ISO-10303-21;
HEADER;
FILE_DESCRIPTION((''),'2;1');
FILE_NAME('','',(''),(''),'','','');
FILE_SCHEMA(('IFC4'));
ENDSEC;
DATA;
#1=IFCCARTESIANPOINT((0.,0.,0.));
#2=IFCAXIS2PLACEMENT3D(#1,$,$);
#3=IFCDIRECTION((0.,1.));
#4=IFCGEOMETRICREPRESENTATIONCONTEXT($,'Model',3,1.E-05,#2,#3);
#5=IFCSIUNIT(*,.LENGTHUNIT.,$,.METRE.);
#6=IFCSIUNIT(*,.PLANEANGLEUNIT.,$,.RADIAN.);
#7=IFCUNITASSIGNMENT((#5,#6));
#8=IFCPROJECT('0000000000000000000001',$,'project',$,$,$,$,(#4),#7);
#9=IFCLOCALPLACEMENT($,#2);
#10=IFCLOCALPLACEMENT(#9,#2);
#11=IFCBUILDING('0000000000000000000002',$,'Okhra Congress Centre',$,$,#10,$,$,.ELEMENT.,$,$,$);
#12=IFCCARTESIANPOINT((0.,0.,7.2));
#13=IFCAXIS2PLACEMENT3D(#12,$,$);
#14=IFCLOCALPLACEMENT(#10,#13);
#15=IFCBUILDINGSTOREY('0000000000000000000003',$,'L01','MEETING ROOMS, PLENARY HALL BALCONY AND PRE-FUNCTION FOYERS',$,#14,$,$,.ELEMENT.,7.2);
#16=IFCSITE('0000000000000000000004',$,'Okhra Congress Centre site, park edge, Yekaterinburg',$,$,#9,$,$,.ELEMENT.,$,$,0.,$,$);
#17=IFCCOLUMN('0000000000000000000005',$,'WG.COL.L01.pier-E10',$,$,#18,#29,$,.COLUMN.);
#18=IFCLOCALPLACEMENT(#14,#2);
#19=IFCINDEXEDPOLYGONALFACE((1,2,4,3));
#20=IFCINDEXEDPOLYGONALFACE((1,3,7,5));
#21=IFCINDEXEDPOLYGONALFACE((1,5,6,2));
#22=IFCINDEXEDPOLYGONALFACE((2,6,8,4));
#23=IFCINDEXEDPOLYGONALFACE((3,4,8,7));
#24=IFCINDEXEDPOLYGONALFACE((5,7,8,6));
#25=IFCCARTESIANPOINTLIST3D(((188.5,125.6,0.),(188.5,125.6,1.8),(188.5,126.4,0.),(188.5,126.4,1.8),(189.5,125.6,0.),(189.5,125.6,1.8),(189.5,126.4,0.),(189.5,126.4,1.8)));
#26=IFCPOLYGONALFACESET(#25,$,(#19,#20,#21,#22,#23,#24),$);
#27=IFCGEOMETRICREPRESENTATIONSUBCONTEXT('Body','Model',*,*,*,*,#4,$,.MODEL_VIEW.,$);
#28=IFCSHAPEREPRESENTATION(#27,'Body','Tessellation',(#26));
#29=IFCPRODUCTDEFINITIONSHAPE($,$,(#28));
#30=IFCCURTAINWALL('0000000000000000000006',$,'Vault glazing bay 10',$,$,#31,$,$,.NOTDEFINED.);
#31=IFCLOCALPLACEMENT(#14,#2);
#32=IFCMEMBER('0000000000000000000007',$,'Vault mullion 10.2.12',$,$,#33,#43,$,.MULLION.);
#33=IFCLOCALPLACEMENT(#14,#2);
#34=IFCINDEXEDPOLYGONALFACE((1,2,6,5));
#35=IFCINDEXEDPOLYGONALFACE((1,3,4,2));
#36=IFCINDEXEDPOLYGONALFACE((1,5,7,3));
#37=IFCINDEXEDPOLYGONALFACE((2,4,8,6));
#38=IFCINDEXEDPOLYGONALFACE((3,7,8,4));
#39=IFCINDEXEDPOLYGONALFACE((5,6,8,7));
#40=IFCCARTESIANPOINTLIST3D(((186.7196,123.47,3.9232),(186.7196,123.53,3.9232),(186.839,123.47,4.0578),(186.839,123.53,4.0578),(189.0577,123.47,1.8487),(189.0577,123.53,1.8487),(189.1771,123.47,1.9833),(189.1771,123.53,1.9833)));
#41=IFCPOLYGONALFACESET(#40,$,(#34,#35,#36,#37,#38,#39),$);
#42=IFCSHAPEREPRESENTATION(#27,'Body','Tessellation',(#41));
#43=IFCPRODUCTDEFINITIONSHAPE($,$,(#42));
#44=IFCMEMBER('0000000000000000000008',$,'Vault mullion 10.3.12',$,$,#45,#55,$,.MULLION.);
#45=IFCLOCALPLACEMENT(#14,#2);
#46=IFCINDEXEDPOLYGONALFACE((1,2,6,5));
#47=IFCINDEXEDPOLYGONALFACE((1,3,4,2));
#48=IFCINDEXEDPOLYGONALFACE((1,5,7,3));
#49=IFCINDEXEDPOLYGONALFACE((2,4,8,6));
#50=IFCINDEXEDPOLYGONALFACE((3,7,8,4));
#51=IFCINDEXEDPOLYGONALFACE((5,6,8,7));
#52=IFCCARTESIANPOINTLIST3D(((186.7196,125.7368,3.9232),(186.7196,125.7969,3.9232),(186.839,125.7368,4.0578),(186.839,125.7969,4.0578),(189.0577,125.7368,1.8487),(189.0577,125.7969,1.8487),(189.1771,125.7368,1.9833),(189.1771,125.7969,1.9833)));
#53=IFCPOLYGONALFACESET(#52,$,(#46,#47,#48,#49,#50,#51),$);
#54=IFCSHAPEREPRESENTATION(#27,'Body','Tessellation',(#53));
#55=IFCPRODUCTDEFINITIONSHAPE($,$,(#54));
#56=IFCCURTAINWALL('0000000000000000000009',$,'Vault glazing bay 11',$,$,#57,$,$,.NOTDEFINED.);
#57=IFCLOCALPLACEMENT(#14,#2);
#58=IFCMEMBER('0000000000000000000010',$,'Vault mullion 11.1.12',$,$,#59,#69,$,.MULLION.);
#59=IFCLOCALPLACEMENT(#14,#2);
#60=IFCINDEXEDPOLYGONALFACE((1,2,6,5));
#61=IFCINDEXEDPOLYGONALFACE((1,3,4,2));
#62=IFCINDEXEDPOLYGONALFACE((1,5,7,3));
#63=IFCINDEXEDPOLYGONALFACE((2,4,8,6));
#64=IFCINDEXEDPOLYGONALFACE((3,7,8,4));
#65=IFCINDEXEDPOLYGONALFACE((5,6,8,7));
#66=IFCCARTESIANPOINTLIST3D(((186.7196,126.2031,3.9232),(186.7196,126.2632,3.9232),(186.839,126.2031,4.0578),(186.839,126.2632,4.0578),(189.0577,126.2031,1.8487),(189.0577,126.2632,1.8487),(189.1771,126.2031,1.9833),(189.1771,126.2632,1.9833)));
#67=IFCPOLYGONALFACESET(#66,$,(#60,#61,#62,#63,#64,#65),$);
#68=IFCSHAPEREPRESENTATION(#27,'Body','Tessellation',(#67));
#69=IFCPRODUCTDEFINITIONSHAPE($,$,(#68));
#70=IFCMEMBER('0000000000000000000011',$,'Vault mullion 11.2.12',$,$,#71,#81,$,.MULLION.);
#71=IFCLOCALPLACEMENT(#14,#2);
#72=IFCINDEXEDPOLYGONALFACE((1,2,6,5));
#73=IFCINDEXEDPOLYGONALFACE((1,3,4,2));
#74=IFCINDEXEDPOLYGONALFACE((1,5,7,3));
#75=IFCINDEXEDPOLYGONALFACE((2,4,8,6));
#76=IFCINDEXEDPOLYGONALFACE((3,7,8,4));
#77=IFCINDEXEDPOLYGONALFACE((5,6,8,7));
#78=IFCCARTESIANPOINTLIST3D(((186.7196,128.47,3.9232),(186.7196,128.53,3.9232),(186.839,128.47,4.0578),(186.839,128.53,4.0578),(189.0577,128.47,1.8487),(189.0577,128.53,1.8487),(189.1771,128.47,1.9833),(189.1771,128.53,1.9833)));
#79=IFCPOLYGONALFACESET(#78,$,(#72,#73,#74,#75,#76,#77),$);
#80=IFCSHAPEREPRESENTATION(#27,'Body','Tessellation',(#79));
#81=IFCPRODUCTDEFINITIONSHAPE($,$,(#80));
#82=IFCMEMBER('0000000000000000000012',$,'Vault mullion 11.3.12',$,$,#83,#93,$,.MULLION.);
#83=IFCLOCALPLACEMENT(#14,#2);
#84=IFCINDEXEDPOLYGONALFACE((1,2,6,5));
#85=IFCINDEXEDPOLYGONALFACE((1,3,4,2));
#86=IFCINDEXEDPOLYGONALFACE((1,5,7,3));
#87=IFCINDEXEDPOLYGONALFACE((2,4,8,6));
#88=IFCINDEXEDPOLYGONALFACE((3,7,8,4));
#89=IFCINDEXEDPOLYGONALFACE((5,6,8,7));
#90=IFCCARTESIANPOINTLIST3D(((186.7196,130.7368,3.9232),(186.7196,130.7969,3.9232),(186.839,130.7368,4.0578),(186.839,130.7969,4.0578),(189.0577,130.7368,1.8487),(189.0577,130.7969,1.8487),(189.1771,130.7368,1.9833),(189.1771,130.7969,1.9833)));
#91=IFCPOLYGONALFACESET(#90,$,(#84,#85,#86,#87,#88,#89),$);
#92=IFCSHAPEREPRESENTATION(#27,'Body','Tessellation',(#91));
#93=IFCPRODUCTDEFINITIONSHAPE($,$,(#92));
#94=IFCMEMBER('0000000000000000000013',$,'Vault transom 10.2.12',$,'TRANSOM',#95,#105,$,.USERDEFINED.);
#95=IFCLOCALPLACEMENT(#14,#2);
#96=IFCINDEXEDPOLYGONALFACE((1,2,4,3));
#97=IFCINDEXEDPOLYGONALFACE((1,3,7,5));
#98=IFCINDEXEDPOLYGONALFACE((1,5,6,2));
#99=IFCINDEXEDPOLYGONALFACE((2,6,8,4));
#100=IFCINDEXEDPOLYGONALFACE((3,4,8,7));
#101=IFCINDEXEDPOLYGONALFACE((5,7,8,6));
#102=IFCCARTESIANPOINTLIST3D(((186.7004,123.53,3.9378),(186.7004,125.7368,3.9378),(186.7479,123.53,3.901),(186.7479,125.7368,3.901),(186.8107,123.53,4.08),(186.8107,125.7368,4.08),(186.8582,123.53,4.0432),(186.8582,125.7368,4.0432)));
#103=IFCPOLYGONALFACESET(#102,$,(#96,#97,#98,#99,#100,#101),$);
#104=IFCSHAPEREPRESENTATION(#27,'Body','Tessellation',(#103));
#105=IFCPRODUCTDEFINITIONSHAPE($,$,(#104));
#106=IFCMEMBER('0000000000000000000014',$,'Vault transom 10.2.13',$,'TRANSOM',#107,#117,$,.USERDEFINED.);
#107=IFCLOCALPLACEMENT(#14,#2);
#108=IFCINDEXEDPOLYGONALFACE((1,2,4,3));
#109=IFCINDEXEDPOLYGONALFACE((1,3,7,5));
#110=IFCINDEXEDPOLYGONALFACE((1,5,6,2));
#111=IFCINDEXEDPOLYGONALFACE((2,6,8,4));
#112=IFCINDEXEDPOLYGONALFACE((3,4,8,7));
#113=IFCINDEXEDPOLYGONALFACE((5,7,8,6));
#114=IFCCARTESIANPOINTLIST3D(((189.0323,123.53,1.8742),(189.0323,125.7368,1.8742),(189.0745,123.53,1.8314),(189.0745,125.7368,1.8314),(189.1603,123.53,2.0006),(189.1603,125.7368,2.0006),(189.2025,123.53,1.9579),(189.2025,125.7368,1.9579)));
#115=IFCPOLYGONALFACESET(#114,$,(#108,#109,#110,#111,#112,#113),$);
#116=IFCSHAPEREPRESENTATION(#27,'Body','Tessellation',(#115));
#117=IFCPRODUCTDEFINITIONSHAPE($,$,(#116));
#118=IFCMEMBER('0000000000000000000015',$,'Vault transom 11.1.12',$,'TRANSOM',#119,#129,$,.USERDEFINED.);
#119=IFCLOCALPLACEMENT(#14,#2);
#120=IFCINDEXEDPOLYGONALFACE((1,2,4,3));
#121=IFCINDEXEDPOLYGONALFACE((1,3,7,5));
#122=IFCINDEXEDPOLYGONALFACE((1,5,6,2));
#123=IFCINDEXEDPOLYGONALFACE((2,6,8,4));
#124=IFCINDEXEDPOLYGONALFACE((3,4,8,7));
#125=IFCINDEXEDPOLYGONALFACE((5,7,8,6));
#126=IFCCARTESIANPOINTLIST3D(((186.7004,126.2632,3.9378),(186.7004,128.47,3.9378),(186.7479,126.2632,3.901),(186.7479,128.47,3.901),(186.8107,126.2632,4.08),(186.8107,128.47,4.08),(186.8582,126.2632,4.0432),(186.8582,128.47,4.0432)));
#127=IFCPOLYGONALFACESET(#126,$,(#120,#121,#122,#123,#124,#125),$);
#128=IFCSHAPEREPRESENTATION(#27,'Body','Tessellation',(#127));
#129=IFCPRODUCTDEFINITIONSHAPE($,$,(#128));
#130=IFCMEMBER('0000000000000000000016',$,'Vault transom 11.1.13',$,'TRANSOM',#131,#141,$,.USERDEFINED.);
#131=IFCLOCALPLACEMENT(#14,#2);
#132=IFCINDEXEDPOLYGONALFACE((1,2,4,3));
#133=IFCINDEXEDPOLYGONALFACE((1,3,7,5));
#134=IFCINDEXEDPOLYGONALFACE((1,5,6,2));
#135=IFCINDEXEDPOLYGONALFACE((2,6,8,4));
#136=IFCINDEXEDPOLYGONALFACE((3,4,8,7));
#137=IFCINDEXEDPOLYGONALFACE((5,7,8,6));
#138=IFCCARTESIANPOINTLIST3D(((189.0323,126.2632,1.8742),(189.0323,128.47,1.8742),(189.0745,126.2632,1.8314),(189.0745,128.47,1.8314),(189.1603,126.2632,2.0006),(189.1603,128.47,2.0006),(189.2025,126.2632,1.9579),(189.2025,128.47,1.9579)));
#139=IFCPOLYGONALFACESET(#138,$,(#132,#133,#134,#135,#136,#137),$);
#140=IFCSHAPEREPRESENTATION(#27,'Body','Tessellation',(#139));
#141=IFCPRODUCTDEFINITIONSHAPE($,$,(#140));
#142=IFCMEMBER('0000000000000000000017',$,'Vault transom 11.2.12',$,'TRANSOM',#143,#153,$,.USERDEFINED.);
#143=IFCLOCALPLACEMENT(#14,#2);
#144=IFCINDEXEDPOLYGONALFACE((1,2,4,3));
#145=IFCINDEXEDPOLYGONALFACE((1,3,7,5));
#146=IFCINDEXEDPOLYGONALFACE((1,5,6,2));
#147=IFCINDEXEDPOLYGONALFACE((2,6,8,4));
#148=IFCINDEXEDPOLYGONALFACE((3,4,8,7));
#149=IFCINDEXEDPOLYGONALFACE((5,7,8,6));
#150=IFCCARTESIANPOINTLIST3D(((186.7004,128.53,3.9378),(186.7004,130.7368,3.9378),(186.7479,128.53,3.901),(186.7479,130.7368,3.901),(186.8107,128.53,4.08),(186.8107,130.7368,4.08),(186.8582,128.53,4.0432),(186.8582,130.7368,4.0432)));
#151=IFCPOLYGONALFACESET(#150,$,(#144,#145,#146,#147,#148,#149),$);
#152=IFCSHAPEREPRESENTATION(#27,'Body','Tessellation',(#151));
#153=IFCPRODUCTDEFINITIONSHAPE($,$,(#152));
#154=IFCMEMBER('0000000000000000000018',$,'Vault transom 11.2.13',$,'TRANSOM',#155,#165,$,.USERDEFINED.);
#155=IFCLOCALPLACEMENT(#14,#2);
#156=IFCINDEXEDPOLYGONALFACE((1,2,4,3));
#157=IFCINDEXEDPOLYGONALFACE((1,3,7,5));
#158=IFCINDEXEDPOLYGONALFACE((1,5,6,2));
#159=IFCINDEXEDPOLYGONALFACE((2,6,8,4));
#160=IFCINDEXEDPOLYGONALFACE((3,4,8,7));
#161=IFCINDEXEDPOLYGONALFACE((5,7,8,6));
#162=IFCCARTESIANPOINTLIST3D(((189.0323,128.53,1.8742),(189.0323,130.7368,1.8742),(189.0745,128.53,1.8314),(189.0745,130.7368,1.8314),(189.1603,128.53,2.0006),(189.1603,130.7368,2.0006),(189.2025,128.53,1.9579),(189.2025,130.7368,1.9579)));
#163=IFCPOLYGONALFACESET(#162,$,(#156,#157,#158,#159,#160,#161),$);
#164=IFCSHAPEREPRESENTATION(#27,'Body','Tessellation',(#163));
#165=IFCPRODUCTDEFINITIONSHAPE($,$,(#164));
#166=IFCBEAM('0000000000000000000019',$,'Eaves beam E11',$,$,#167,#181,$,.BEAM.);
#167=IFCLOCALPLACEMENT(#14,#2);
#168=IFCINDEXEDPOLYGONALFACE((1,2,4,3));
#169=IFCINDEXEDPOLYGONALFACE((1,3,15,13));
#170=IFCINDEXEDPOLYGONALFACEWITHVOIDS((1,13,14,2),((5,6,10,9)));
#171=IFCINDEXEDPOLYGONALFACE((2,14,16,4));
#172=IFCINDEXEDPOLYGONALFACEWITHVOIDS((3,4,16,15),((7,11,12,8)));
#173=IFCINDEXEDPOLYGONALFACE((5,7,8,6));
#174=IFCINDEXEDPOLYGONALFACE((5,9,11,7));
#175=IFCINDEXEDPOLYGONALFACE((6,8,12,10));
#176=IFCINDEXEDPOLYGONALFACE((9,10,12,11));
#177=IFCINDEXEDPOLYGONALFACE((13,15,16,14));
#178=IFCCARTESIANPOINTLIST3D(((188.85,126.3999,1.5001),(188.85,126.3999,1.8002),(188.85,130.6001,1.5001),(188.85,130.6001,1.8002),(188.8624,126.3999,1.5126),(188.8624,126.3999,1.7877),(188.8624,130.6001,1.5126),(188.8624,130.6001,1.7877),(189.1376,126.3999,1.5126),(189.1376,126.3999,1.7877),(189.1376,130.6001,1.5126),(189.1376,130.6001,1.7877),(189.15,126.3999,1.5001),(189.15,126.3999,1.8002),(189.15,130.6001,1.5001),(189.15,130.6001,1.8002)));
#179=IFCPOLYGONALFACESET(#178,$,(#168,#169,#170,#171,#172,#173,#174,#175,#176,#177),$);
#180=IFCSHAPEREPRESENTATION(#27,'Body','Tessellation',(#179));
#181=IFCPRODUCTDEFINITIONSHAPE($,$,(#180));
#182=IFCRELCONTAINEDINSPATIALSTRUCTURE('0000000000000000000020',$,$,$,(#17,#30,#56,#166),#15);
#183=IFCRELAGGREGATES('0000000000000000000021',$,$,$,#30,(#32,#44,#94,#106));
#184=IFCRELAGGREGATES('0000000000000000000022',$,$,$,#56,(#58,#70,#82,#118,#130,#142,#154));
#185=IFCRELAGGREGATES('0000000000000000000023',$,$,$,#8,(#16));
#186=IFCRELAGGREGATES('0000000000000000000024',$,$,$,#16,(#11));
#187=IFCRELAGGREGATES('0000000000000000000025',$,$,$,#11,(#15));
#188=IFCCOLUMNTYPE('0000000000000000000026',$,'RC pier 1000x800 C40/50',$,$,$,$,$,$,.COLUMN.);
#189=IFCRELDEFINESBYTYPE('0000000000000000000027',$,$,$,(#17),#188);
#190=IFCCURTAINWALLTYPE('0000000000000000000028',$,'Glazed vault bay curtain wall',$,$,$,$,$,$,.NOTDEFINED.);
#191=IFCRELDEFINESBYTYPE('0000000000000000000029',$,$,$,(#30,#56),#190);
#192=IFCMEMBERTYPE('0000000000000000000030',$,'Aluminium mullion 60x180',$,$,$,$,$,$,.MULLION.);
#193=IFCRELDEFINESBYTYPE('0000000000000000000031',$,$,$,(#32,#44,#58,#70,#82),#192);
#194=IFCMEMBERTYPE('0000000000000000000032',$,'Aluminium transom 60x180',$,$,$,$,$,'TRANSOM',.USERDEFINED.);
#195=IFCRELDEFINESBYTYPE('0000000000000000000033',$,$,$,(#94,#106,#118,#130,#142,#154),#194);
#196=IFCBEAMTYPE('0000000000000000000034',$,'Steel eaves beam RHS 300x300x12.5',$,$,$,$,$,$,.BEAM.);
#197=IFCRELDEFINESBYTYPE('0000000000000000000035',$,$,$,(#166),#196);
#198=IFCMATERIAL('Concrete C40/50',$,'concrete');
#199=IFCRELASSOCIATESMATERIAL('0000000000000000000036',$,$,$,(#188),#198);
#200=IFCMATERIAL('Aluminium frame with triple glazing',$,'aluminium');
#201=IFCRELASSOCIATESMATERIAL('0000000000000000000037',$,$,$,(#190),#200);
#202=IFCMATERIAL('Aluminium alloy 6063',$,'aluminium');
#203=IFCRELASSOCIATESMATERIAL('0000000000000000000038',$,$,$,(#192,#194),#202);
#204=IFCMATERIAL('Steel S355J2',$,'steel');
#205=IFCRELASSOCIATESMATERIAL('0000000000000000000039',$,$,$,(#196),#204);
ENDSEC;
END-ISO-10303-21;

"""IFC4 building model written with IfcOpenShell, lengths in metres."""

from ifc_helpers import new_model, si_unit, direction, frame, origin, origin_2d, place, context, subcontext, project, spatial, rectangle, hollow_rectangle, extrude, material, material_profile, profile_set, type_object, element, aggregate, save


model = new_model("IFC4")

# Units and contexts
model_context = context("Model", 3, precision=1e-05, world=origin(), true_north=direction((0.0, 1.0)))
body_context = subcontext(model_context, "Body", "Model", "MODEL_VIEW")
ifc_project = project(units=[si_unit("LENGTHUNIT", "METRE"), si_unit("PLANEANGLEUNIT", "RADIAN")], contexts=[model_context])

# Site, building, storey
site_placement = place(None, origin())
site = spatial("IfcSite", under=ifc_project, at=site_placement, Name="Okhra Congress Centre site, park edge, Yekaterinburg", CompositionType="ELEMENT", RefElevation=0.0)
building_placement = place(site_placement, origin())
building = spatial("IfcBuilding", under=site, at=building_placement, Name="Okhra Congress Centre", CompositionType="ELEMENT")
storey_placement = place(building_placement, frame((0.0, 0.0, 7.2)))
storey = spatial("IfcBuildingStorey", under=building, at=storey_placement, Name="L01", Description="MEETING ROOMS, PLENARY HALL BALCONY AND PRE-FUNCTION FOYERS", CompositionType="ELEMENT", Elevation=7.2)

# Column
ifc_material_1 = material(Name="Concrete C40/50", Category="concrete")
ifc_material_profile_1 = material_profile(ifc_material_1, rectangle(XDim=1.0, YDim=0.8, at=origin_2d()), Name="RC 1000x800")
ifc_profile_set_1 = profile_set([ifc_material_profile_1], Name="Concrete C40/50")
column_type = type_object("IfcColumnType", Name="RC pier 1000x800 C40/50", PredefinedType="COLUMN", material=ifc_profile_set_1)
column_placement = place(storey_placement, frame((189.0, 126.0, 0.0), z_axis=(0.0, 0.0, 1.0), x_axis=(1.0, 0.0, 0.0)))
element("IfcColumn", 1, at=column_placement, inside=storey, type_object=column_type, Name="WG.COL.L01.pier-E10", PredefinedType="COLUMN", context=body_context, shape_type="SweptSolid", body=[
    extrude(rectangle(XDim=1.0, YDim=0.8, at=origin_2d()), origin(), (0.0, 0.0, 1.0), 1.8),
])

# Curtain walls, members
ifc_material_2 = material(Name="Aluminium frame with triple glazing", Category="aluminium")
curtain_wall_type = type_object("IfcCurtainWallType", Name="Glazed vault bay curtain wall", PredefinedType="NOTDEFINED", material=ifc_material_2)
curtain_wall_1_placement = place(storey_placement, origin())
curtain_wall_1 = element("IfcCurtainWall", 2, at=curtain_wall_1_placement, inside=storey, type_object=curtain_wall_type, Name="Vault glazing bay 10", PredefinedType="NOTDEFINED")
ifc_material_3 = material(Name="Aluminium alloy 6063", Category="aluminium")
ifc_material_profile_2 = material_profile(ifc_material_3, rectangle(XDim=0.0601, YDim=0.1799, at=origin_2d()), Name="AL 60x180")
ifc_profile_set_2 = profile_set([ifc_material_profile_2], Name="Aluminium alloy 6063")
member_type_1 = type_object("IfcMemberType", Name="Aluminium mullion 60x180", PredefinedType="MULLION", material=ifc_profile_set_2)
member_1_placement = place(storey_placement, frame((186.7793, 123.5, 3.9905), z_axis=(0.748025, 0.0, -0.66367), x_axis=(0.0, 1.0, 0.0)))
member_1 = element("IfcMember", 3, at=member_1_placement, type_object=member_type_1, Name="Vault mullion 10.2.12", PredefinedType="MULLION", context=body_context, shape_type="SweptSolid", body=[
    extrude(rectangle(XDim=0.0601, YDim=0.1799, at=origin_2d()), origin(), (0.0, 0.0, 1.0), 3.1257),
])
member_2_placement = place(storey_placement, frame((186.7793, 125.7668, 3.9905), z_axis=(0.748025, 0.0, -0.66367), x_axis=(0.0, 1.0, 0.0)))
member_2 = element("IfcMember", 4, at=member_2_placement, type_object=member_type_1, Name="Vault mullion 10.3.12", PredefinedType="MULLION", context=body_context, shape_type="SweptSolid", body=[
    extrude(rectangle(XDim=0.0601, YDim=0.1799, at=origin_2d()), origin(), (0.0, 0.0, 1.0), 3.1257),
])
curtain_wall_2_placement = place(storey_placement, origin())
curtain_wall_2 = element("IfcCurtainWall", 5, at=curtain_wall_2_placement, inside=storey, type_object=curtain_wall_type, Name="Vault glazing bay 11", PredefinedType="NOTDEFINED")
member_3_placement = place(storey_placement, frame((186.7793, 126.2332, 3.9905), z_axis=(0.748025, 0.0, -0.66367), x_axis=(0.0, 1.0, 0.0)))
member_3 = element("IfcMember", 6, at=member_3_placement, type_object=member_type_1, Name="Vault mullion 11.1.12", PredefinedType="MULLION", context=body_context, shape_type="SweptSolid", body=[
    extrude(rectangle(XDim=0.0601, YDim=0.1799, at=origin_2d()), origin(), (0.0, 0.0, 1.0), 3.1257),
])
member_4_placement = place(storey_placement, frame((186.7793, 128.5, 3.9905), z_axis=(0.748025, 0.0, -0.66367), x_axis=(0.0, 1.0, 0.0)))
member_4 = element("IfcMember", 7, at=member_4_placement, type_object=member_type_1, Name="Vault mullion 11.2.12", PredefinedType="MULLION", context=body_context, shape_type="SweptSolid", body=[
    extrude(rectangle(XDim=0.0601, YDim=0.1799, at=origin_2d()), origin(), (0.0, 0.0, 1.0), 3.1257),
])
member_5_placement = place(storey_placement, frame((186.7793, 130.7668, 3.9905), z_axis=(0.748025, 0.0, -0.66367), x_axis=(0.0, 1.0, 0.0)))
member_5 = element("IfcMember", 8, at=member_5_placement, type_object=member_type_1, Name="Vault mullion 11.3.12", PredefinedType="MULLION", context=body_context, shape_type="SweptSolid", body=[
    extrude(rectangle(XDim=0.0601, YDim=0.1799, at=origin_2d()), origin(), (0.0, 0.0, 1.0), 3.1257),
])

# Members
ifc_material_profile_3 = material_profile(ifc_material_3, rectangle(XDim=0.0601, YDim=0.1799, at=origin_2d()), Name="AL 60x180 transom")
ifc_profile_set_3 = profile_set([ifc_material_profile_3], Name="Aluminium alloy 6063")
member_type_2 = type_object("IfcMemberType", Name="Aluminium transom 60x180", ElementType="TRANSOM", PredefinedType="USERDEFINED", material=ifc_profile_set_3)
member_6_placement = place(storey_placement, frame((186.7793, 123.53, 3.9905), z_axis=(0.0, 1.0, 0.0), x_axis=(-0.790145, 0.0, 0.61292)))
member_6 = element("IfcMember", 9, at=member_6_placement, type_object=member_type_2, Name="Vault transom 10.2.12", ObjectType="TRANSOM", PredefinedType="USERDEFINED", context=body_context, shape_type="SweptSolid", body=[
    extrude(rectangle(XDim=0.0601, YDim=0.1799, at=origin_2d()), origin(), (0.0, 0.0, 1.0), 2.2068),
])
member_7_placement = place(storey_placement, frame((189.1174, 123.53, 1.916), z_axis=(0.0, 1.0, 0.0), x_axis=(-0.702636, 0.0, 0.711549)))
member_7 = element("IfcMember", 10, at=member_7_placement, type_object=member_type_2, Name="Vault transom 10.2.13", ObjectType="TRANSOM", PredefinedType="USERDEFINED", context=body_context, shape_type="SweptSolid", body=[
    extrude(rectangle(XDim=0.0601, YDim=0.1799, at=origin_2d()), origin(), (0.0, 0.0, 1.0), 2.2068),
])
member_8_placement = place(storey_placement, frame((186.7793, 126.2632, 3.9905), z_axis=(0.0, 1.0, 0.0), x_axis=(-0.790145, 0.0, 0.61292)))
member_8 = element("IfcMember", 11, at=member_8_placement, type_object=member_type_2, Name="Vault transom 11.1.12", ObjectType="TRANSOM", PredefinedType="USERDEFINED", context=body_context, shape_type="SweptSolid", body=[
    extrude(rectangle(XDim=0.0601, YDim=0.1799, at=origin_2d()), origin(), (0.0, 0.0, 1.0), 2.2068),
])
member_9_placement = place(storey_placement, frame((189.1174, 126.2632, 1.916), z_axis=(0.0, 1.0, 0.0), x_axis=(-0.702636, 0.0, 0.711549)))
member_9 = element("IfcMember", 12, at=member_9_placement, type_object=member_type_2, Name="Vault transom 11.1.13", ObjectType="TRANSOM", PredefinedType="USERDEFINED", context=body_context, shape_type="SweptSolid", body=[
    extrude(rectangle(XDim=0.0601, YDim=0.1799, at=origin_2d()), origin(), (0.0, 0.0, 1.0), 2.2068),
])
member_10_placement = place(storey_placement, frame((186.7793, 128.53, 3.9905), z_axis=(0.0, 1.0, 0.0), x_axis=(-0.790145, 0.0, 0.61292)))
member_10 = element("IfcMember", 13, at=member_10_placement, type_object=member_type_2, Name="Vault transom 11.2.12", ObjectType="TRANSOM", PredefinedType="USERDEFINED", context=body_context, shape_type="SweptSolid", body=[
    extrude(rectangle(XDim=0.0601, YDim=0.1799, at=origin_2d()), origin(), (0.0, 0.0, 1.0), 2.2068),
])
member_11_placement = place(storey_placement, frame((189.1174, 128.53, 1.916), z_axis=(0.0, 1.0, 0.0), x_axis=(-0.702636, 0.0, 0.711549)))
member_11 = element("IfcMember", 14, at=member_11_placement, type_object=member_type_2, Name="Vault transom 11.2.13", ObjectType="TRANSOM", PredefinedType="USERDEFINED", context=body_context, shape_type="SweptSolid", body=[
    extrude(rectangle(XDim=0.0601, YDim=0.1799, at=origin_2d()), origin(), (0.0, 0.0, 1.0), 2.2068),
])

# Beam
ifc_material_4 = material(Name="Steel S355J2", Category="steel")
ifc_material_profile_4 = material_profile(ifc_material_4, hollow_rectangle(XDim=0.3, YDim=0.3, WallThickness=0.0125, at=origin_2d()), Name="RHS 300x300x12.5")
ifc_profile_set_4 = profile_set([ifc_material_profile_4], Name="Steel S355J2")
beam_type = type_object("IfcBeamType", Name="Steel eaves beam RHS 300x300x12.5", PredefinedType="BEAM", material=ifc_profile_set_4)
beam_placement = place(storey_placement, frame((189.0, 126.3999, 1.6501), z_axis=(0.0, 1.0, 0.0), x_axis=(-1.0, 0.0, 0.0)))
element("IfcBeam", 15, at=beam_placement, inside=storey, type_object=beam_type, Name="Eaves beam E11", PredefinedType="BEAM", context=body_context, shape_type="SweptSolid", body=[
    extrude(hollow_rectangle(XDim=0.3, YDim=0.3, WallThickness=0.0125, at=origin_2d()), origin(), (0.0, 0.0, 1.0), 4.2002),
])

aggregate(curtain_wall_1, [member_1, member_2, member_6, member_7])
aggregate(curtain_wall_2, [member_3, member_4, member_5, member_8, member_9, member_10, member_11])

save(model, "model.ifc")
